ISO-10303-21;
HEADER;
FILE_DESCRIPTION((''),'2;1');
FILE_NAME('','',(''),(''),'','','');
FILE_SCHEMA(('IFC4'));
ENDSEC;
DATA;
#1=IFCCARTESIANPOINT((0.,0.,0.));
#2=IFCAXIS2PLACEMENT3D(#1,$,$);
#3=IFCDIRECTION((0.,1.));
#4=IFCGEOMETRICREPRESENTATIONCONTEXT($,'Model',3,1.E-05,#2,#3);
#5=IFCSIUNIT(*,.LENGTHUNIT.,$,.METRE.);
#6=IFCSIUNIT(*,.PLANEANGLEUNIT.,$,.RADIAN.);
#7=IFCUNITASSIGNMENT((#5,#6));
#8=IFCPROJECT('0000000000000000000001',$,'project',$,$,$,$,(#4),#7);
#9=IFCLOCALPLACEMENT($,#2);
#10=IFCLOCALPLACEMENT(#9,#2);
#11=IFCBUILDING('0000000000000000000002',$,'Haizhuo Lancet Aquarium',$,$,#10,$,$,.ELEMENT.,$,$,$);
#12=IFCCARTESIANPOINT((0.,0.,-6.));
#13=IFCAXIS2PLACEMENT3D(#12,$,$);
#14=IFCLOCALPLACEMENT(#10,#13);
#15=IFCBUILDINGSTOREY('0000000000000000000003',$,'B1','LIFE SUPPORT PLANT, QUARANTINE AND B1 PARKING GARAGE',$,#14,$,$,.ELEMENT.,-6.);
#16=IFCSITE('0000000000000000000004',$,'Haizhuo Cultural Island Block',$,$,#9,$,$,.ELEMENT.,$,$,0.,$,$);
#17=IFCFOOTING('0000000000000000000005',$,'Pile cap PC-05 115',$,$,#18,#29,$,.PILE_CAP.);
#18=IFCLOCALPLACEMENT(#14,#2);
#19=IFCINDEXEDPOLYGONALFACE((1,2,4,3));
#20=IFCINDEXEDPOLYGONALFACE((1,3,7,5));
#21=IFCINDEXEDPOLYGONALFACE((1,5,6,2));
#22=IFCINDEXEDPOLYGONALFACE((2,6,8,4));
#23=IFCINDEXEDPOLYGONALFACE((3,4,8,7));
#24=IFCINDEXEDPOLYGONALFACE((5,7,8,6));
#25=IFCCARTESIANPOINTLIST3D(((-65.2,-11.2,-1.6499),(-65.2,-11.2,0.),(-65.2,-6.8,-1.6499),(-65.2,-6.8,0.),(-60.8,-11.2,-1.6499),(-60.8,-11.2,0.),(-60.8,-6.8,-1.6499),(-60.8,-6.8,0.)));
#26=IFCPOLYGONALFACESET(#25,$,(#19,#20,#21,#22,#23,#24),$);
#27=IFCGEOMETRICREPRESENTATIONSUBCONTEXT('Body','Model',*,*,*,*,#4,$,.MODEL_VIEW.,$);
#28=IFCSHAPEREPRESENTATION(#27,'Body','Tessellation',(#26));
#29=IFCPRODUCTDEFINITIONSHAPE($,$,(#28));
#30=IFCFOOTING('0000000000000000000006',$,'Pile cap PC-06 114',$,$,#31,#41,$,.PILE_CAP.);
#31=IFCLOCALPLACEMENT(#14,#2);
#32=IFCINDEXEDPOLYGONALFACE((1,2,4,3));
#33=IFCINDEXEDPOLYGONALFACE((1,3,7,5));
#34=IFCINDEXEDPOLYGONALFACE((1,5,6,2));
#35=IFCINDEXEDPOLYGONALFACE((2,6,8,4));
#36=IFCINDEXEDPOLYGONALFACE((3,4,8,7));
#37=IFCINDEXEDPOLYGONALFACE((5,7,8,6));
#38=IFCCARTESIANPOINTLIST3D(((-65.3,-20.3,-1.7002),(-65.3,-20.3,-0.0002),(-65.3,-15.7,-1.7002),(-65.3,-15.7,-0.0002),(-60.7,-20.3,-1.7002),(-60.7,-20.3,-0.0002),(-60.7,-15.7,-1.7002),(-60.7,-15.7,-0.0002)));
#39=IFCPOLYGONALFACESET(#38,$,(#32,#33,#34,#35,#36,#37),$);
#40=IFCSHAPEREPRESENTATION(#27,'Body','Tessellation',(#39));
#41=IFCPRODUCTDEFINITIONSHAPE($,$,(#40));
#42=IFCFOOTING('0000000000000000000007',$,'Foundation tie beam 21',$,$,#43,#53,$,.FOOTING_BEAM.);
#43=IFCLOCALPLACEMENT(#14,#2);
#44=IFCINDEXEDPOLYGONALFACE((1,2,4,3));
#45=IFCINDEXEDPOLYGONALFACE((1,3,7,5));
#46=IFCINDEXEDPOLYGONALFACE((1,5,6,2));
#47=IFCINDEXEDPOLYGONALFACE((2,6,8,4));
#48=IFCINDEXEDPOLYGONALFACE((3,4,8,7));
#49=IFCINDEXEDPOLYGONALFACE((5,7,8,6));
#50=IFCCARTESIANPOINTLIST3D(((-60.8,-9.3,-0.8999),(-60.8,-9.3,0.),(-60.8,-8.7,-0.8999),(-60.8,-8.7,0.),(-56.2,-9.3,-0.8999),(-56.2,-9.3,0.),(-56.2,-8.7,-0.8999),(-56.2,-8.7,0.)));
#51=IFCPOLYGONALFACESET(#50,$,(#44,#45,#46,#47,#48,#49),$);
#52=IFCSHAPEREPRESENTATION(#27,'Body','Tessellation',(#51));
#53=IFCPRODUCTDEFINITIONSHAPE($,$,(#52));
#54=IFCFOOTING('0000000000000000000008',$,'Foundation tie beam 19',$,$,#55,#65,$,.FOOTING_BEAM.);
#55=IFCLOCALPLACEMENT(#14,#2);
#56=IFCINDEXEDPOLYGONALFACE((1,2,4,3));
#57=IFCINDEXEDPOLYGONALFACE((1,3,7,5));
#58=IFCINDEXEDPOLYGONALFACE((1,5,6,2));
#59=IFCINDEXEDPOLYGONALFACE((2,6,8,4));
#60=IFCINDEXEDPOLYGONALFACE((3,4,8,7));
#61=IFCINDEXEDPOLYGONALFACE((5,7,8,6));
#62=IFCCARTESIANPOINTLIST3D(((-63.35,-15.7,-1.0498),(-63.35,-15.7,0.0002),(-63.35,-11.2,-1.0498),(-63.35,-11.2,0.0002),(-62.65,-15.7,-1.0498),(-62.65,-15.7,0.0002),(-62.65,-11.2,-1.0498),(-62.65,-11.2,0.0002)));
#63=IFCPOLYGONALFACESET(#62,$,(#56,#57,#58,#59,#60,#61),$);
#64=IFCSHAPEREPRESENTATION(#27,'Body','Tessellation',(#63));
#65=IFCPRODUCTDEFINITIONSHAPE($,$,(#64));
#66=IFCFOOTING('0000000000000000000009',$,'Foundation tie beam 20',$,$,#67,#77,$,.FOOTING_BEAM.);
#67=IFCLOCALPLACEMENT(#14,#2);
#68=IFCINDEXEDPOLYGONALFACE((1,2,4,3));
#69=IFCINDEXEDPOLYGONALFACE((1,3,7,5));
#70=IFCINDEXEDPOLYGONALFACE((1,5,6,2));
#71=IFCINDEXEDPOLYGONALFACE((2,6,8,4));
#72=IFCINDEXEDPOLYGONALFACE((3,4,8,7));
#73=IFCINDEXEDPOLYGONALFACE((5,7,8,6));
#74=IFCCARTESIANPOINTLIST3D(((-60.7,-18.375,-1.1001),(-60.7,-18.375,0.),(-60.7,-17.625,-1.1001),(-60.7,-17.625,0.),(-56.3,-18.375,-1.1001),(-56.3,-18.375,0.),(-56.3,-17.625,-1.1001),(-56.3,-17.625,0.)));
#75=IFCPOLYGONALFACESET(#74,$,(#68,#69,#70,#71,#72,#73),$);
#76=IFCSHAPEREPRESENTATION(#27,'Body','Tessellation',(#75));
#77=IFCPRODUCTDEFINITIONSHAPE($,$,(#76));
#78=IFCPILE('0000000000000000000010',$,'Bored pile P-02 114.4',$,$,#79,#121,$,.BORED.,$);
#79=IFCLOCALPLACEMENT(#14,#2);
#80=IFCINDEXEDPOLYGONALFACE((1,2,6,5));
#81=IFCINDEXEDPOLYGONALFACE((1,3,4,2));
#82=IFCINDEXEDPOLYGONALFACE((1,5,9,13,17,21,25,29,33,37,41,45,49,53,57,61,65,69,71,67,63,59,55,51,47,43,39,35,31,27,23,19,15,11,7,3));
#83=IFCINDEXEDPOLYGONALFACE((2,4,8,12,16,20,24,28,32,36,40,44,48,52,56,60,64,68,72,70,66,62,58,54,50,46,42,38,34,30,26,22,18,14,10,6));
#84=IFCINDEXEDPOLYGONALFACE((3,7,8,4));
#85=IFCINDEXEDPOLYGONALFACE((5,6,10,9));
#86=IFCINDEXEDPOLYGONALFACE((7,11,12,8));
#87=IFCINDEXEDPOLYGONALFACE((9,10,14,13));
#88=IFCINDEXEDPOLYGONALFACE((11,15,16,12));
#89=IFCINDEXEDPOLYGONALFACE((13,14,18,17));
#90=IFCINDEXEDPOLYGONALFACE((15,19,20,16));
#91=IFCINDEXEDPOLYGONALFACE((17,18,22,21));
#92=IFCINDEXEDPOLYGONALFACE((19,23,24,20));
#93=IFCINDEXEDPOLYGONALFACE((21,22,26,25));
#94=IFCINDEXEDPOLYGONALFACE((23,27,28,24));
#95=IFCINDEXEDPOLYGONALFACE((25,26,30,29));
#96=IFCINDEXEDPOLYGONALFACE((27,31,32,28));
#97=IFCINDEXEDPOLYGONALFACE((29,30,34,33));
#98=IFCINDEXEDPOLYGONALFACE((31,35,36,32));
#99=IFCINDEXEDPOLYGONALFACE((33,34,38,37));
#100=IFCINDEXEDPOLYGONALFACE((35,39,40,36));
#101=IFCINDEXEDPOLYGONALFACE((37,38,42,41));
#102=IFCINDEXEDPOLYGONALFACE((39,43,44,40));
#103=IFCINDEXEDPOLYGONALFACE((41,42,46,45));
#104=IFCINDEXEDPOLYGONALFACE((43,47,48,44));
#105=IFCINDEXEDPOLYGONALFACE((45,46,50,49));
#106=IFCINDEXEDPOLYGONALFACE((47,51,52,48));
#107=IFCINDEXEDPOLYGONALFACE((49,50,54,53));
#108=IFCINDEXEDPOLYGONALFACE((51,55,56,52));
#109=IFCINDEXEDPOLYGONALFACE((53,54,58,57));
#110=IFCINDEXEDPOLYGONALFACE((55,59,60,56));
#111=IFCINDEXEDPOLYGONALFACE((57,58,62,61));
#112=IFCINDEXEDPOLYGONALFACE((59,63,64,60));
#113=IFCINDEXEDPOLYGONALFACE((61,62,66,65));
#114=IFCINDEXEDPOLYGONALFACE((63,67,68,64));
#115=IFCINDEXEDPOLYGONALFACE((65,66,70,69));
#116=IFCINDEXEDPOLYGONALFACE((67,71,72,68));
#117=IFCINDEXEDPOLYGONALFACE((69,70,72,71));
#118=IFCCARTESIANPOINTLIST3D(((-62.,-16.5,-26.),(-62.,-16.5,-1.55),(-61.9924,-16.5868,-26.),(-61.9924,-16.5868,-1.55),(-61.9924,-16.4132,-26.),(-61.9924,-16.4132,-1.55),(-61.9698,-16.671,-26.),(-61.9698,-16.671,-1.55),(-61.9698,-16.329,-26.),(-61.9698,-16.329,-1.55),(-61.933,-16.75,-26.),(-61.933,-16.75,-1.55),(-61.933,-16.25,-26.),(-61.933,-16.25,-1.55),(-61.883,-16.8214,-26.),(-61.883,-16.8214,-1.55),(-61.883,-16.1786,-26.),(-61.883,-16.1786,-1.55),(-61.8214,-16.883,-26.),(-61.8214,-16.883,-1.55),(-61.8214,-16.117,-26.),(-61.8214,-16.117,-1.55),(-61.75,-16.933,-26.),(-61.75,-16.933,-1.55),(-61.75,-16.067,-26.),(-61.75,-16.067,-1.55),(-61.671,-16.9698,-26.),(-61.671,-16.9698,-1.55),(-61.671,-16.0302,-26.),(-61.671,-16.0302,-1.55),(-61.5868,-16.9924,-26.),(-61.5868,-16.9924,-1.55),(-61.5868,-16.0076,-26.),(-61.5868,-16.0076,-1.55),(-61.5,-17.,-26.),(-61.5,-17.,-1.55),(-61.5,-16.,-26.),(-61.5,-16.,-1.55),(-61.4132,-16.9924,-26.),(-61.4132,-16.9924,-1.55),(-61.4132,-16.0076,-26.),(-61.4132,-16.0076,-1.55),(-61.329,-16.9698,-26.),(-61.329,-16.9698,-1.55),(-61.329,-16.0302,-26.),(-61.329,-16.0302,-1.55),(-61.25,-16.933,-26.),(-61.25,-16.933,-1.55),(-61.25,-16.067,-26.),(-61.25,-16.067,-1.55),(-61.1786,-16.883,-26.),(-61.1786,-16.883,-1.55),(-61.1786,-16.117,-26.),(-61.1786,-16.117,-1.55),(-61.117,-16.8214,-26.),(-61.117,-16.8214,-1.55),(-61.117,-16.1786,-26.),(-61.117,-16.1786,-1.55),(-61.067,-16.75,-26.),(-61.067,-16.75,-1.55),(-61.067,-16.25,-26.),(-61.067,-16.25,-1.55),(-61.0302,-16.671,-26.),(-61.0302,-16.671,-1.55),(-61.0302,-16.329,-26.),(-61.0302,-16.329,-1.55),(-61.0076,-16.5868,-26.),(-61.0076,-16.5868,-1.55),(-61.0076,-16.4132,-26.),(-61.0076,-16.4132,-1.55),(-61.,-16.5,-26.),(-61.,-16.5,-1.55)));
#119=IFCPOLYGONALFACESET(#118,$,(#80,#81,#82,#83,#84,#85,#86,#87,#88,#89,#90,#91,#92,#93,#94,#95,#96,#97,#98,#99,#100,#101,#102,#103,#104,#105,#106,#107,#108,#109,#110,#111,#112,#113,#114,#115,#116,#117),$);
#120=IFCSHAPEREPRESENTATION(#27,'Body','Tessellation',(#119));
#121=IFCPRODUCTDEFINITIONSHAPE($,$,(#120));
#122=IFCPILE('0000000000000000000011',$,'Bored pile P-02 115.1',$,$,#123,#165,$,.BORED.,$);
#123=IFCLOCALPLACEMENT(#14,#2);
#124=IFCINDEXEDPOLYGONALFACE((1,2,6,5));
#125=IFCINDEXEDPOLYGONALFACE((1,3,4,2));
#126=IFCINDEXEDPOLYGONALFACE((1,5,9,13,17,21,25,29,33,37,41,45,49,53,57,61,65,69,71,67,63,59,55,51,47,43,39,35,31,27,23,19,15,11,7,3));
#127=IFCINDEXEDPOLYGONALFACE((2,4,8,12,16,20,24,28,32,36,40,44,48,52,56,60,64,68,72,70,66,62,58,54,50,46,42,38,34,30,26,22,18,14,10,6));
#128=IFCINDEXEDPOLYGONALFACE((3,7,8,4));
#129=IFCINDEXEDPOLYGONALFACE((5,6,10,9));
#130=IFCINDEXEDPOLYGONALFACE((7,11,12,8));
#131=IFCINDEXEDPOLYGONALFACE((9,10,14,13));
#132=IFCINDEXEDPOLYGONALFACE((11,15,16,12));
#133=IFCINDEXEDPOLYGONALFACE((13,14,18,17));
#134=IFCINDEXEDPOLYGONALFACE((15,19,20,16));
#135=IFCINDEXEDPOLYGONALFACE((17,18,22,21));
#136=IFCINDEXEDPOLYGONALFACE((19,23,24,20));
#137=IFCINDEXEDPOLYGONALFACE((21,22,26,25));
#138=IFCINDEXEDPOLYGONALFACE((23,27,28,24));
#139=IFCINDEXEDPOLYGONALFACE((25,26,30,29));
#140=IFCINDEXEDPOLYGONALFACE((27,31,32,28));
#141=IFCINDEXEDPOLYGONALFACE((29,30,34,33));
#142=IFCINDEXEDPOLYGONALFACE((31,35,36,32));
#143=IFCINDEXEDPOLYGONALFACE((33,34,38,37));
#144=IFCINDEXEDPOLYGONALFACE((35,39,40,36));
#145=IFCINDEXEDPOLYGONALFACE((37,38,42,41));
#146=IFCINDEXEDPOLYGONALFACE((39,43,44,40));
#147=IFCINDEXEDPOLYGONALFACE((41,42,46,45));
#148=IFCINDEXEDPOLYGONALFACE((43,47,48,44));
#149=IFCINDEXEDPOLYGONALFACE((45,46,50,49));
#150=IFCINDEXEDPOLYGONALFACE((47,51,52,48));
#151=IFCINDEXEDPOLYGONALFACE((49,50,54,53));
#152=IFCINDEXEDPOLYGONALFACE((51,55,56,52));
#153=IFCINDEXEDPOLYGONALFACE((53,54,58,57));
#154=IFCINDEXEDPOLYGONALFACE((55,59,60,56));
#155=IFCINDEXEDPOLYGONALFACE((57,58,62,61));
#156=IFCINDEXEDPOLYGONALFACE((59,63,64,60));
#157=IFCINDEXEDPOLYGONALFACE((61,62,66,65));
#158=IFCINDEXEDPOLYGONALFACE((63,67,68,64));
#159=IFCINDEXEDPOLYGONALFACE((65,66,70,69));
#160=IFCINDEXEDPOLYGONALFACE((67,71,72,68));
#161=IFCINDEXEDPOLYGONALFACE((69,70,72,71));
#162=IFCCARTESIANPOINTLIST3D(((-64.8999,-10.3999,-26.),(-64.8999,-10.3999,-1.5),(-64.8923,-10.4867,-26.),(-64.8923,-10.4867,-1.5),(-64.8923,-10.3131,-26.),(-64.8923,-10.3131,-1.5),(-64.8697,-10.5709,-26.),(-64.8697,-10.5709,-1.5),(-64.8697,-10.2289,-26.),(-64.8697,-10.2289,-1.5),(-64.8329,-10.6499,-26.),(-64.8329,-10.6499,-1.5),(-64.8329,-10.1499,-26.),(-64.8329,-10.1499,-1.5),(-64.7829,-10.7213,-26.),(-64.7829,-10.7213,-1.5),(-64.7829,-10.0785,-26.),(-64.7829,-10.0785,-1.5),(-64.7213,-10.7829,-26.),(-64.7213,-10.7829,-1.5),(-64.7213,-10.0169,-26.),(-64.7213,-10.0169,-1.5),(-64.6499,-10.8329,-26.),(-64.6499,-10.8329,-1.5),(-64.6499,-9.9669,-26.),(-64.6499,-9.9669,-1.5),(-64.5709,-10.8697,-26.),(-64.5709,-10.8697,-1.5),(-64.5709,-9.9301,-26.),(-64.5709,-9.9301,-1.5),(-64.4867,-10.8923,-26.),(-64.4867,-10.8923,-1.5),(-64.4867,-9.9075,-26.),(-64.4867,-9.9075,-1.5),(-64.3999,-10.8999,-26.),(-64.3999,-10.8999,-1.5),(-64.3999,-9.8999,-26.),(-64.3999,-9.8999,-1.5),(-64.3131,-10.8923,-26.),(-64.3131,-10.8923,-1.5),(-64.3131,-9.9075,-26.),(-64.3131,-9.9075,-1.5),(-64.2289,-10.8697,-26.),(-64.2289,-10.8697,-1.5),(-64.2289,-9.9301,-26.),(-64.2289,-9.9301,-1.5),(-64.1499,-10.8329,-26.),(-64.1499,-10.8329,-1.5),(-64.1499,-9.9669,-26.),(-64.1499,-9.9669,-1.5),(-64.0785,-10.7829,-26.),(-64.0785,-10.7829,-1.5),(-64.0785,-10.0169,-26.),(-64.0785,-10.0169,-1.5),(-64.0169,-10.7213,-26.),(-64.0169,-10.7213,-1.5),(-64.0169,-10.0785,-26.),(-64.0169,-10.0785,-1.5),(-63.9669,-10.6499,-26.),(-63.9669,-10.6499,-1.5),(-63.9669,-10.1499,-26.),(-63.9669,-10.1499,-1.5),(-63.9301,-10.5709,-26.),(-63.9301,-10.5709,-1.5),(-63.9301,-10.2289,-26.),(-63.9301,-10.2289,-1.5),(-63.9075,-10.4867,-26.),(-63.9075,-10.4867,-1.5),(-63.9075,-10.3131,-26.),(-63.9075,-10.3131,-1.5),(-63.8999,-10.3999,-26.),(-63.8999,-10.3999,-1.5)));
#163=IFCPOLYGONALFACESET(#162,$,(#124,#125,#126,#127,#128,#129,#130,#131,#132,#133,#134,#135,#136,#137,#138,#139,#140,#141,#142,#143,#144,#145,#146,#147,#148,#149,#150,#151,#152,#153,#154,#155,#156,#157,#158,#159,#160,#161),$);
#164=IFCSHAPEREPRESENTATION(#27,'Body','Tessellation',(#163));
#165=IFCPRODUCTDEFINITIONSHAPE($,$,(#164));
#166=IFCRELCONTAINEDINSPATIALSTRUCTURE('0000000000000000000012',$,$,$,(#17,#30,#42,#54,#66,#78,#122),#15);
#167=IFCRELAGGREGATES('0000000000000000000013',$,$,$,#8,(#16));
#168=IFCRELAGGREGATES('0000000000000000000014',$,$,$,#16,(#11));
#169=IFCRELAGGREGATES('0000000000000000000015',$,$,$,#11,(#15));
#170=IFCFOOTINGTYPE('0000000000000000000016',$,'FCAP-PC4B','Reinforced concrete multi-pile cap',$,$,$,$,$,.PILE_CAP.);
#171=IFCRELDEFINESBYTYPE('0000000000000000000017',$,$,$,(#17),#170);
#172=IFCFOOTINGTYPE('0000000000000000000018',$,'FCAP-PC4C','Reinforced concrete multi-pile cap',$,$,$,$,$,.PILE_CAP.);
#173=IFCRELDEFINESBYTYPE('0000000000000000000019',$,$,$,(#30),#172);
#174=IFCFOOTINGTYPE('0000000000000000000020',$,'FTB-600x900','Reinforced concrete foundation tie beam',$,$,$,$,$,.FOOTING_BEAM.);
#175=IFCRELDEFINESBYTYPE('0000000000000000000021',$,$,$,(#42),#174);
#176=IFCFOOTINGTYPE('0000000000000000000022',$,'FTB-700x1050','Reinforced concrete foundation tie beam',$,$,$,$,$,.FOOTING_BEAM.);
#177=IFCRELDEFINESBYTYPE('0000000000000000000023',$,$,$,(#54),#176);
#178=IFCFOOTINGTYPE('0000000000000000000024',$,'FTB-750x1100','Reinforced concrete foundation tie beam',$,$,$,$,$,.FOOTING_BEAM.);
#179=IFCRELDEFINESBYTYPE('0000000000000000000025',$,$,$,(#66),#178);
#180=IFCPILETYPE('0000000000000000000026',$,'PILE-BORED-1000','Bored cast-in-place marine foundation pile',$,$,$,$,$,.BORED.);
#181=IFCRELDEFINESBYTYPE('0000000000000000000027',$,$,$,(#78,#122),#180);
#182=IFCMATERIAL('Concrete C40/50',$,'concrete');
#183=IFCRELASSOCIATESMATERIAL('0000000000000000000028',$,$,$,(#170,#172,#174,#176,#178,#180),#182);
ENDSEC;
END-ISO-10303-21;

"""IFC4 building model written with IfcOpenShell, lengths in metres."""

from ifc_helpers import new_model, si_unit, direction, frame, origin, origin_2d, place, context, subcontext, project, spatial, rectangle, circle, extrude, material, material_profile, profile_set, type_object, element, save


model = new_model("IFC4")

# Units and contexts
model_context = context("Model", 3, precision=1e-05, world=origin(), true_north=direction((0.0, 1.0)))
body_context = subcontext(model_context, "Body", "Model", "MODEL_VIEW")
ifc_project = project(units=[si_unit("LENGTHUNIT", "METRE"), si_unit("PLANEANGLEUNIT", "RADIAN")], contexts=[model_context])

# Site, building, storey
site_placement = place(None, origin())
site = spatial("IfcSite", under=ifc_project, at=site_placement, Name="Haizhuo Cultural Island Block", CompositionType="ELEMENT", RefElevation=0.0)
building_placement = place(site_placement, origin())
building = spatial("IfcBuilding", under=site, at=building_placement, Name="Haizhuo Lancet Aquarium", CompositionType="ELEMENT")
storey_placement = place(building_placement, frame((0.0, 0.0, -6.0)))
storey = spatial("IfcBuildingStorey", under=building, at=storey_placement, Name="B1", Description="LIFE SUPPORT PLANT, QUARANTINE AND B1 PARKING GARAGE", CompositionType="ELEMENT", Elevation=-6.0)

# Footings
ifc_material_1 = material(Name="Concrete C40/50", Category="concrete")
footing_type_1 = type_object("IfcFootingType", Name="FCAP-PC4B", Description="Reinforced concrete multi-pile cap", PredefinedType="PILE_CAP", material=ifc_material_1)
footing_1_placement = place(storey_placement, frame((-63.0, -9.0, -1.6499), z_axis=(0.0, 0.0, 1.0), x_axis=(1.0, 0.0, 0.0)))
element("IfcFooting", 1, at=footing_1_placement, inside=storey, type_object=footing_type_1, Name="Pile cap PC-05 115", PredefinedType="PILE_CAP", context=body_context, shape_type="SweptSolid", body=[
    extrude(rectangle(XDim=4.3999, YDim=4.3999, at=origin_2d()), origin(), (0.0, 0.0, 1.0), 1.6499),
])
footing_type_2 = type_object("IfcFootingType", Name="FCAP-PC4C", Description="Reinforced concrete multi-pile cap", PredefinedType="PILE_CAP", material=ifc_material_1)
footing_2_placement = place(storey_placement, frame((-63.0, -18.0, -1.7002), z_axis=(0.0, 0.0, 1.0), x_axis=(1.0, 0.0, 0.0)))
element("IfcFooting", 2, at=footing_2_placement, inside=storey, type_object=footing_type_2, Name="Pile cap PC-06 114", PredefinedType="PILE_CAP", context=body_context, shape_type="SweptSolid", body=[
    extrude(rectangle(XDim=4.6001, YDim=4.6001, at=origin_2d()), origin(), (0.0, 0.0, 1.0), 1.7),
])
footing_type_3 = type_object("IfcFootingType", Name="FTB-600x900", Description="Reinforced concrete foundation tie beam", PredefinedType="FOOTING_BEAM", material=ifc_material_1)
footing_3_placement = place(storey_placement, frame((-58.5, -9.0, -0.8999), z_axis=(0.0, 0.0, 1.0), x_axis=(1.0, 0.0, 0.0)))
element("IfcFooting", 3, at=footing_3_placement, inside=storey, type_object=footing_type_3, Name="Foundation tie beam 21", PredefinedType="FOOTING_BEAM", context=body_context, shape_type="SweptSolid", body=[
    extrude(rectangle(XDim=4.6001, YDim=0.6001, at=origin_2d()), origin(), (0.0, 0.0, 1.0), 0.8999),
])
footing_type_4 = type_object("IfcFootingType", Name="FTB-700x1050", Description="Reinforced concrete foundation tie beam", PredefinedType="FOOTING_BEAM", material=ifc_material_1)
footing_4_placement = place(storey_placement, frame((-63.0, -13.45, -1.0498), z_axis=(0.0, 0.0, 1.0), x_axis=(0.0, 1.0, 0.0)))
element("IfcFooting", 4, at=footing_4_placement, inside=storey, type_object=footing_type_4, Name="Foundation tie beam 19", PredefinedType="FOOTING_BEAM", context=body_context, shape_type="SweptSolid", body=[
    extrude(rectangle(XDim=4.5, YDim=0.7, at=origin_2d()), origin(), (0.0, 0.0, 1.0), 1.05),
])
footing_type_5 = type_object("IfcFootingType", Name="FTB-750x1100", Description="Reinforced concrete foundation tie beam", PredefinedType="FOOTING_BEAM", material=ifc_material_1)
footing_5_placement = place(storey_placement, frame((-58.5, -18.0, -1.1001), z_axis=(0.0, 0.0, 1.0), x_axis=(1.0, 0.0, 0.0)))
element("IfcFooting", 5, at=footing_5_placement, inside=storey, type_object=footing_type_5, Name="Foundation tie beam 20", PredefinedType="FOOTING_BEAM", context=body_context, shape_type="SweptSolid", body=[
    extrude(rectangle(XDim=4.3999, YDim=0.75, at=origin_2d()), origin(), (0.0, 0.0, 1.0), 1.1001),
])

# Piles
ifc_material_profile_1 = material_profile(ifc_material_1, circle(Radius=0.5, at=origin_2d()), Name="PILE-1000")
ifc_profile_set_1 = profile_set([ifc_material_profile_1], Name="Concrete C40/50")
pile_type = type_object("IfcPileType", Name="PILE-BORED-1000", Description="Bored cast-in-place marine foundation pile", PredefinedType="BORED", material=ifc_profile_set_1)
pile_1_placement = place(storey_placement, frame((-61.5, -16.5, -1.55), z_axis=(0.0, 0.0, -1.0), x_axis=(1.0, 0.0, 0.0)))
element("IfcPile", 6, at=pile_1_placement, inside=storey, type_object=pile_type, Name="Bored pile P-02 114.4", PredefinedType="BORED", context=body_context, shape_type="SweptSolid", body=[
    extrude(circle(Radius=0.5, at=origin_2d()), origin(), (0.0, 0.0, 1.0), 24.45),
])
for number, where, z_axis, x_axis, name in (
    (7, (-64.3999, -10.3999, -1.5), (0.0, 0.0, -1.0), (1.0, 0.0, 0.0), "Bored pile P-02 115.1"),
):
    element("IfcPile", number, at=place(storey_placement, frame(where, z_axis=z_axis, x_axis=x_axis)), inside=storey, type_object=pile_type, Name=name, PredefinedType="BORED", context=body_context, shape_type="SweptSolid", body=[
        extrude(circle(Radius=0.5, at=origin_2d()), origin(), (0.0, 0.0, 1.0), 24.5),
    ])

save(model, "model.ifc")
